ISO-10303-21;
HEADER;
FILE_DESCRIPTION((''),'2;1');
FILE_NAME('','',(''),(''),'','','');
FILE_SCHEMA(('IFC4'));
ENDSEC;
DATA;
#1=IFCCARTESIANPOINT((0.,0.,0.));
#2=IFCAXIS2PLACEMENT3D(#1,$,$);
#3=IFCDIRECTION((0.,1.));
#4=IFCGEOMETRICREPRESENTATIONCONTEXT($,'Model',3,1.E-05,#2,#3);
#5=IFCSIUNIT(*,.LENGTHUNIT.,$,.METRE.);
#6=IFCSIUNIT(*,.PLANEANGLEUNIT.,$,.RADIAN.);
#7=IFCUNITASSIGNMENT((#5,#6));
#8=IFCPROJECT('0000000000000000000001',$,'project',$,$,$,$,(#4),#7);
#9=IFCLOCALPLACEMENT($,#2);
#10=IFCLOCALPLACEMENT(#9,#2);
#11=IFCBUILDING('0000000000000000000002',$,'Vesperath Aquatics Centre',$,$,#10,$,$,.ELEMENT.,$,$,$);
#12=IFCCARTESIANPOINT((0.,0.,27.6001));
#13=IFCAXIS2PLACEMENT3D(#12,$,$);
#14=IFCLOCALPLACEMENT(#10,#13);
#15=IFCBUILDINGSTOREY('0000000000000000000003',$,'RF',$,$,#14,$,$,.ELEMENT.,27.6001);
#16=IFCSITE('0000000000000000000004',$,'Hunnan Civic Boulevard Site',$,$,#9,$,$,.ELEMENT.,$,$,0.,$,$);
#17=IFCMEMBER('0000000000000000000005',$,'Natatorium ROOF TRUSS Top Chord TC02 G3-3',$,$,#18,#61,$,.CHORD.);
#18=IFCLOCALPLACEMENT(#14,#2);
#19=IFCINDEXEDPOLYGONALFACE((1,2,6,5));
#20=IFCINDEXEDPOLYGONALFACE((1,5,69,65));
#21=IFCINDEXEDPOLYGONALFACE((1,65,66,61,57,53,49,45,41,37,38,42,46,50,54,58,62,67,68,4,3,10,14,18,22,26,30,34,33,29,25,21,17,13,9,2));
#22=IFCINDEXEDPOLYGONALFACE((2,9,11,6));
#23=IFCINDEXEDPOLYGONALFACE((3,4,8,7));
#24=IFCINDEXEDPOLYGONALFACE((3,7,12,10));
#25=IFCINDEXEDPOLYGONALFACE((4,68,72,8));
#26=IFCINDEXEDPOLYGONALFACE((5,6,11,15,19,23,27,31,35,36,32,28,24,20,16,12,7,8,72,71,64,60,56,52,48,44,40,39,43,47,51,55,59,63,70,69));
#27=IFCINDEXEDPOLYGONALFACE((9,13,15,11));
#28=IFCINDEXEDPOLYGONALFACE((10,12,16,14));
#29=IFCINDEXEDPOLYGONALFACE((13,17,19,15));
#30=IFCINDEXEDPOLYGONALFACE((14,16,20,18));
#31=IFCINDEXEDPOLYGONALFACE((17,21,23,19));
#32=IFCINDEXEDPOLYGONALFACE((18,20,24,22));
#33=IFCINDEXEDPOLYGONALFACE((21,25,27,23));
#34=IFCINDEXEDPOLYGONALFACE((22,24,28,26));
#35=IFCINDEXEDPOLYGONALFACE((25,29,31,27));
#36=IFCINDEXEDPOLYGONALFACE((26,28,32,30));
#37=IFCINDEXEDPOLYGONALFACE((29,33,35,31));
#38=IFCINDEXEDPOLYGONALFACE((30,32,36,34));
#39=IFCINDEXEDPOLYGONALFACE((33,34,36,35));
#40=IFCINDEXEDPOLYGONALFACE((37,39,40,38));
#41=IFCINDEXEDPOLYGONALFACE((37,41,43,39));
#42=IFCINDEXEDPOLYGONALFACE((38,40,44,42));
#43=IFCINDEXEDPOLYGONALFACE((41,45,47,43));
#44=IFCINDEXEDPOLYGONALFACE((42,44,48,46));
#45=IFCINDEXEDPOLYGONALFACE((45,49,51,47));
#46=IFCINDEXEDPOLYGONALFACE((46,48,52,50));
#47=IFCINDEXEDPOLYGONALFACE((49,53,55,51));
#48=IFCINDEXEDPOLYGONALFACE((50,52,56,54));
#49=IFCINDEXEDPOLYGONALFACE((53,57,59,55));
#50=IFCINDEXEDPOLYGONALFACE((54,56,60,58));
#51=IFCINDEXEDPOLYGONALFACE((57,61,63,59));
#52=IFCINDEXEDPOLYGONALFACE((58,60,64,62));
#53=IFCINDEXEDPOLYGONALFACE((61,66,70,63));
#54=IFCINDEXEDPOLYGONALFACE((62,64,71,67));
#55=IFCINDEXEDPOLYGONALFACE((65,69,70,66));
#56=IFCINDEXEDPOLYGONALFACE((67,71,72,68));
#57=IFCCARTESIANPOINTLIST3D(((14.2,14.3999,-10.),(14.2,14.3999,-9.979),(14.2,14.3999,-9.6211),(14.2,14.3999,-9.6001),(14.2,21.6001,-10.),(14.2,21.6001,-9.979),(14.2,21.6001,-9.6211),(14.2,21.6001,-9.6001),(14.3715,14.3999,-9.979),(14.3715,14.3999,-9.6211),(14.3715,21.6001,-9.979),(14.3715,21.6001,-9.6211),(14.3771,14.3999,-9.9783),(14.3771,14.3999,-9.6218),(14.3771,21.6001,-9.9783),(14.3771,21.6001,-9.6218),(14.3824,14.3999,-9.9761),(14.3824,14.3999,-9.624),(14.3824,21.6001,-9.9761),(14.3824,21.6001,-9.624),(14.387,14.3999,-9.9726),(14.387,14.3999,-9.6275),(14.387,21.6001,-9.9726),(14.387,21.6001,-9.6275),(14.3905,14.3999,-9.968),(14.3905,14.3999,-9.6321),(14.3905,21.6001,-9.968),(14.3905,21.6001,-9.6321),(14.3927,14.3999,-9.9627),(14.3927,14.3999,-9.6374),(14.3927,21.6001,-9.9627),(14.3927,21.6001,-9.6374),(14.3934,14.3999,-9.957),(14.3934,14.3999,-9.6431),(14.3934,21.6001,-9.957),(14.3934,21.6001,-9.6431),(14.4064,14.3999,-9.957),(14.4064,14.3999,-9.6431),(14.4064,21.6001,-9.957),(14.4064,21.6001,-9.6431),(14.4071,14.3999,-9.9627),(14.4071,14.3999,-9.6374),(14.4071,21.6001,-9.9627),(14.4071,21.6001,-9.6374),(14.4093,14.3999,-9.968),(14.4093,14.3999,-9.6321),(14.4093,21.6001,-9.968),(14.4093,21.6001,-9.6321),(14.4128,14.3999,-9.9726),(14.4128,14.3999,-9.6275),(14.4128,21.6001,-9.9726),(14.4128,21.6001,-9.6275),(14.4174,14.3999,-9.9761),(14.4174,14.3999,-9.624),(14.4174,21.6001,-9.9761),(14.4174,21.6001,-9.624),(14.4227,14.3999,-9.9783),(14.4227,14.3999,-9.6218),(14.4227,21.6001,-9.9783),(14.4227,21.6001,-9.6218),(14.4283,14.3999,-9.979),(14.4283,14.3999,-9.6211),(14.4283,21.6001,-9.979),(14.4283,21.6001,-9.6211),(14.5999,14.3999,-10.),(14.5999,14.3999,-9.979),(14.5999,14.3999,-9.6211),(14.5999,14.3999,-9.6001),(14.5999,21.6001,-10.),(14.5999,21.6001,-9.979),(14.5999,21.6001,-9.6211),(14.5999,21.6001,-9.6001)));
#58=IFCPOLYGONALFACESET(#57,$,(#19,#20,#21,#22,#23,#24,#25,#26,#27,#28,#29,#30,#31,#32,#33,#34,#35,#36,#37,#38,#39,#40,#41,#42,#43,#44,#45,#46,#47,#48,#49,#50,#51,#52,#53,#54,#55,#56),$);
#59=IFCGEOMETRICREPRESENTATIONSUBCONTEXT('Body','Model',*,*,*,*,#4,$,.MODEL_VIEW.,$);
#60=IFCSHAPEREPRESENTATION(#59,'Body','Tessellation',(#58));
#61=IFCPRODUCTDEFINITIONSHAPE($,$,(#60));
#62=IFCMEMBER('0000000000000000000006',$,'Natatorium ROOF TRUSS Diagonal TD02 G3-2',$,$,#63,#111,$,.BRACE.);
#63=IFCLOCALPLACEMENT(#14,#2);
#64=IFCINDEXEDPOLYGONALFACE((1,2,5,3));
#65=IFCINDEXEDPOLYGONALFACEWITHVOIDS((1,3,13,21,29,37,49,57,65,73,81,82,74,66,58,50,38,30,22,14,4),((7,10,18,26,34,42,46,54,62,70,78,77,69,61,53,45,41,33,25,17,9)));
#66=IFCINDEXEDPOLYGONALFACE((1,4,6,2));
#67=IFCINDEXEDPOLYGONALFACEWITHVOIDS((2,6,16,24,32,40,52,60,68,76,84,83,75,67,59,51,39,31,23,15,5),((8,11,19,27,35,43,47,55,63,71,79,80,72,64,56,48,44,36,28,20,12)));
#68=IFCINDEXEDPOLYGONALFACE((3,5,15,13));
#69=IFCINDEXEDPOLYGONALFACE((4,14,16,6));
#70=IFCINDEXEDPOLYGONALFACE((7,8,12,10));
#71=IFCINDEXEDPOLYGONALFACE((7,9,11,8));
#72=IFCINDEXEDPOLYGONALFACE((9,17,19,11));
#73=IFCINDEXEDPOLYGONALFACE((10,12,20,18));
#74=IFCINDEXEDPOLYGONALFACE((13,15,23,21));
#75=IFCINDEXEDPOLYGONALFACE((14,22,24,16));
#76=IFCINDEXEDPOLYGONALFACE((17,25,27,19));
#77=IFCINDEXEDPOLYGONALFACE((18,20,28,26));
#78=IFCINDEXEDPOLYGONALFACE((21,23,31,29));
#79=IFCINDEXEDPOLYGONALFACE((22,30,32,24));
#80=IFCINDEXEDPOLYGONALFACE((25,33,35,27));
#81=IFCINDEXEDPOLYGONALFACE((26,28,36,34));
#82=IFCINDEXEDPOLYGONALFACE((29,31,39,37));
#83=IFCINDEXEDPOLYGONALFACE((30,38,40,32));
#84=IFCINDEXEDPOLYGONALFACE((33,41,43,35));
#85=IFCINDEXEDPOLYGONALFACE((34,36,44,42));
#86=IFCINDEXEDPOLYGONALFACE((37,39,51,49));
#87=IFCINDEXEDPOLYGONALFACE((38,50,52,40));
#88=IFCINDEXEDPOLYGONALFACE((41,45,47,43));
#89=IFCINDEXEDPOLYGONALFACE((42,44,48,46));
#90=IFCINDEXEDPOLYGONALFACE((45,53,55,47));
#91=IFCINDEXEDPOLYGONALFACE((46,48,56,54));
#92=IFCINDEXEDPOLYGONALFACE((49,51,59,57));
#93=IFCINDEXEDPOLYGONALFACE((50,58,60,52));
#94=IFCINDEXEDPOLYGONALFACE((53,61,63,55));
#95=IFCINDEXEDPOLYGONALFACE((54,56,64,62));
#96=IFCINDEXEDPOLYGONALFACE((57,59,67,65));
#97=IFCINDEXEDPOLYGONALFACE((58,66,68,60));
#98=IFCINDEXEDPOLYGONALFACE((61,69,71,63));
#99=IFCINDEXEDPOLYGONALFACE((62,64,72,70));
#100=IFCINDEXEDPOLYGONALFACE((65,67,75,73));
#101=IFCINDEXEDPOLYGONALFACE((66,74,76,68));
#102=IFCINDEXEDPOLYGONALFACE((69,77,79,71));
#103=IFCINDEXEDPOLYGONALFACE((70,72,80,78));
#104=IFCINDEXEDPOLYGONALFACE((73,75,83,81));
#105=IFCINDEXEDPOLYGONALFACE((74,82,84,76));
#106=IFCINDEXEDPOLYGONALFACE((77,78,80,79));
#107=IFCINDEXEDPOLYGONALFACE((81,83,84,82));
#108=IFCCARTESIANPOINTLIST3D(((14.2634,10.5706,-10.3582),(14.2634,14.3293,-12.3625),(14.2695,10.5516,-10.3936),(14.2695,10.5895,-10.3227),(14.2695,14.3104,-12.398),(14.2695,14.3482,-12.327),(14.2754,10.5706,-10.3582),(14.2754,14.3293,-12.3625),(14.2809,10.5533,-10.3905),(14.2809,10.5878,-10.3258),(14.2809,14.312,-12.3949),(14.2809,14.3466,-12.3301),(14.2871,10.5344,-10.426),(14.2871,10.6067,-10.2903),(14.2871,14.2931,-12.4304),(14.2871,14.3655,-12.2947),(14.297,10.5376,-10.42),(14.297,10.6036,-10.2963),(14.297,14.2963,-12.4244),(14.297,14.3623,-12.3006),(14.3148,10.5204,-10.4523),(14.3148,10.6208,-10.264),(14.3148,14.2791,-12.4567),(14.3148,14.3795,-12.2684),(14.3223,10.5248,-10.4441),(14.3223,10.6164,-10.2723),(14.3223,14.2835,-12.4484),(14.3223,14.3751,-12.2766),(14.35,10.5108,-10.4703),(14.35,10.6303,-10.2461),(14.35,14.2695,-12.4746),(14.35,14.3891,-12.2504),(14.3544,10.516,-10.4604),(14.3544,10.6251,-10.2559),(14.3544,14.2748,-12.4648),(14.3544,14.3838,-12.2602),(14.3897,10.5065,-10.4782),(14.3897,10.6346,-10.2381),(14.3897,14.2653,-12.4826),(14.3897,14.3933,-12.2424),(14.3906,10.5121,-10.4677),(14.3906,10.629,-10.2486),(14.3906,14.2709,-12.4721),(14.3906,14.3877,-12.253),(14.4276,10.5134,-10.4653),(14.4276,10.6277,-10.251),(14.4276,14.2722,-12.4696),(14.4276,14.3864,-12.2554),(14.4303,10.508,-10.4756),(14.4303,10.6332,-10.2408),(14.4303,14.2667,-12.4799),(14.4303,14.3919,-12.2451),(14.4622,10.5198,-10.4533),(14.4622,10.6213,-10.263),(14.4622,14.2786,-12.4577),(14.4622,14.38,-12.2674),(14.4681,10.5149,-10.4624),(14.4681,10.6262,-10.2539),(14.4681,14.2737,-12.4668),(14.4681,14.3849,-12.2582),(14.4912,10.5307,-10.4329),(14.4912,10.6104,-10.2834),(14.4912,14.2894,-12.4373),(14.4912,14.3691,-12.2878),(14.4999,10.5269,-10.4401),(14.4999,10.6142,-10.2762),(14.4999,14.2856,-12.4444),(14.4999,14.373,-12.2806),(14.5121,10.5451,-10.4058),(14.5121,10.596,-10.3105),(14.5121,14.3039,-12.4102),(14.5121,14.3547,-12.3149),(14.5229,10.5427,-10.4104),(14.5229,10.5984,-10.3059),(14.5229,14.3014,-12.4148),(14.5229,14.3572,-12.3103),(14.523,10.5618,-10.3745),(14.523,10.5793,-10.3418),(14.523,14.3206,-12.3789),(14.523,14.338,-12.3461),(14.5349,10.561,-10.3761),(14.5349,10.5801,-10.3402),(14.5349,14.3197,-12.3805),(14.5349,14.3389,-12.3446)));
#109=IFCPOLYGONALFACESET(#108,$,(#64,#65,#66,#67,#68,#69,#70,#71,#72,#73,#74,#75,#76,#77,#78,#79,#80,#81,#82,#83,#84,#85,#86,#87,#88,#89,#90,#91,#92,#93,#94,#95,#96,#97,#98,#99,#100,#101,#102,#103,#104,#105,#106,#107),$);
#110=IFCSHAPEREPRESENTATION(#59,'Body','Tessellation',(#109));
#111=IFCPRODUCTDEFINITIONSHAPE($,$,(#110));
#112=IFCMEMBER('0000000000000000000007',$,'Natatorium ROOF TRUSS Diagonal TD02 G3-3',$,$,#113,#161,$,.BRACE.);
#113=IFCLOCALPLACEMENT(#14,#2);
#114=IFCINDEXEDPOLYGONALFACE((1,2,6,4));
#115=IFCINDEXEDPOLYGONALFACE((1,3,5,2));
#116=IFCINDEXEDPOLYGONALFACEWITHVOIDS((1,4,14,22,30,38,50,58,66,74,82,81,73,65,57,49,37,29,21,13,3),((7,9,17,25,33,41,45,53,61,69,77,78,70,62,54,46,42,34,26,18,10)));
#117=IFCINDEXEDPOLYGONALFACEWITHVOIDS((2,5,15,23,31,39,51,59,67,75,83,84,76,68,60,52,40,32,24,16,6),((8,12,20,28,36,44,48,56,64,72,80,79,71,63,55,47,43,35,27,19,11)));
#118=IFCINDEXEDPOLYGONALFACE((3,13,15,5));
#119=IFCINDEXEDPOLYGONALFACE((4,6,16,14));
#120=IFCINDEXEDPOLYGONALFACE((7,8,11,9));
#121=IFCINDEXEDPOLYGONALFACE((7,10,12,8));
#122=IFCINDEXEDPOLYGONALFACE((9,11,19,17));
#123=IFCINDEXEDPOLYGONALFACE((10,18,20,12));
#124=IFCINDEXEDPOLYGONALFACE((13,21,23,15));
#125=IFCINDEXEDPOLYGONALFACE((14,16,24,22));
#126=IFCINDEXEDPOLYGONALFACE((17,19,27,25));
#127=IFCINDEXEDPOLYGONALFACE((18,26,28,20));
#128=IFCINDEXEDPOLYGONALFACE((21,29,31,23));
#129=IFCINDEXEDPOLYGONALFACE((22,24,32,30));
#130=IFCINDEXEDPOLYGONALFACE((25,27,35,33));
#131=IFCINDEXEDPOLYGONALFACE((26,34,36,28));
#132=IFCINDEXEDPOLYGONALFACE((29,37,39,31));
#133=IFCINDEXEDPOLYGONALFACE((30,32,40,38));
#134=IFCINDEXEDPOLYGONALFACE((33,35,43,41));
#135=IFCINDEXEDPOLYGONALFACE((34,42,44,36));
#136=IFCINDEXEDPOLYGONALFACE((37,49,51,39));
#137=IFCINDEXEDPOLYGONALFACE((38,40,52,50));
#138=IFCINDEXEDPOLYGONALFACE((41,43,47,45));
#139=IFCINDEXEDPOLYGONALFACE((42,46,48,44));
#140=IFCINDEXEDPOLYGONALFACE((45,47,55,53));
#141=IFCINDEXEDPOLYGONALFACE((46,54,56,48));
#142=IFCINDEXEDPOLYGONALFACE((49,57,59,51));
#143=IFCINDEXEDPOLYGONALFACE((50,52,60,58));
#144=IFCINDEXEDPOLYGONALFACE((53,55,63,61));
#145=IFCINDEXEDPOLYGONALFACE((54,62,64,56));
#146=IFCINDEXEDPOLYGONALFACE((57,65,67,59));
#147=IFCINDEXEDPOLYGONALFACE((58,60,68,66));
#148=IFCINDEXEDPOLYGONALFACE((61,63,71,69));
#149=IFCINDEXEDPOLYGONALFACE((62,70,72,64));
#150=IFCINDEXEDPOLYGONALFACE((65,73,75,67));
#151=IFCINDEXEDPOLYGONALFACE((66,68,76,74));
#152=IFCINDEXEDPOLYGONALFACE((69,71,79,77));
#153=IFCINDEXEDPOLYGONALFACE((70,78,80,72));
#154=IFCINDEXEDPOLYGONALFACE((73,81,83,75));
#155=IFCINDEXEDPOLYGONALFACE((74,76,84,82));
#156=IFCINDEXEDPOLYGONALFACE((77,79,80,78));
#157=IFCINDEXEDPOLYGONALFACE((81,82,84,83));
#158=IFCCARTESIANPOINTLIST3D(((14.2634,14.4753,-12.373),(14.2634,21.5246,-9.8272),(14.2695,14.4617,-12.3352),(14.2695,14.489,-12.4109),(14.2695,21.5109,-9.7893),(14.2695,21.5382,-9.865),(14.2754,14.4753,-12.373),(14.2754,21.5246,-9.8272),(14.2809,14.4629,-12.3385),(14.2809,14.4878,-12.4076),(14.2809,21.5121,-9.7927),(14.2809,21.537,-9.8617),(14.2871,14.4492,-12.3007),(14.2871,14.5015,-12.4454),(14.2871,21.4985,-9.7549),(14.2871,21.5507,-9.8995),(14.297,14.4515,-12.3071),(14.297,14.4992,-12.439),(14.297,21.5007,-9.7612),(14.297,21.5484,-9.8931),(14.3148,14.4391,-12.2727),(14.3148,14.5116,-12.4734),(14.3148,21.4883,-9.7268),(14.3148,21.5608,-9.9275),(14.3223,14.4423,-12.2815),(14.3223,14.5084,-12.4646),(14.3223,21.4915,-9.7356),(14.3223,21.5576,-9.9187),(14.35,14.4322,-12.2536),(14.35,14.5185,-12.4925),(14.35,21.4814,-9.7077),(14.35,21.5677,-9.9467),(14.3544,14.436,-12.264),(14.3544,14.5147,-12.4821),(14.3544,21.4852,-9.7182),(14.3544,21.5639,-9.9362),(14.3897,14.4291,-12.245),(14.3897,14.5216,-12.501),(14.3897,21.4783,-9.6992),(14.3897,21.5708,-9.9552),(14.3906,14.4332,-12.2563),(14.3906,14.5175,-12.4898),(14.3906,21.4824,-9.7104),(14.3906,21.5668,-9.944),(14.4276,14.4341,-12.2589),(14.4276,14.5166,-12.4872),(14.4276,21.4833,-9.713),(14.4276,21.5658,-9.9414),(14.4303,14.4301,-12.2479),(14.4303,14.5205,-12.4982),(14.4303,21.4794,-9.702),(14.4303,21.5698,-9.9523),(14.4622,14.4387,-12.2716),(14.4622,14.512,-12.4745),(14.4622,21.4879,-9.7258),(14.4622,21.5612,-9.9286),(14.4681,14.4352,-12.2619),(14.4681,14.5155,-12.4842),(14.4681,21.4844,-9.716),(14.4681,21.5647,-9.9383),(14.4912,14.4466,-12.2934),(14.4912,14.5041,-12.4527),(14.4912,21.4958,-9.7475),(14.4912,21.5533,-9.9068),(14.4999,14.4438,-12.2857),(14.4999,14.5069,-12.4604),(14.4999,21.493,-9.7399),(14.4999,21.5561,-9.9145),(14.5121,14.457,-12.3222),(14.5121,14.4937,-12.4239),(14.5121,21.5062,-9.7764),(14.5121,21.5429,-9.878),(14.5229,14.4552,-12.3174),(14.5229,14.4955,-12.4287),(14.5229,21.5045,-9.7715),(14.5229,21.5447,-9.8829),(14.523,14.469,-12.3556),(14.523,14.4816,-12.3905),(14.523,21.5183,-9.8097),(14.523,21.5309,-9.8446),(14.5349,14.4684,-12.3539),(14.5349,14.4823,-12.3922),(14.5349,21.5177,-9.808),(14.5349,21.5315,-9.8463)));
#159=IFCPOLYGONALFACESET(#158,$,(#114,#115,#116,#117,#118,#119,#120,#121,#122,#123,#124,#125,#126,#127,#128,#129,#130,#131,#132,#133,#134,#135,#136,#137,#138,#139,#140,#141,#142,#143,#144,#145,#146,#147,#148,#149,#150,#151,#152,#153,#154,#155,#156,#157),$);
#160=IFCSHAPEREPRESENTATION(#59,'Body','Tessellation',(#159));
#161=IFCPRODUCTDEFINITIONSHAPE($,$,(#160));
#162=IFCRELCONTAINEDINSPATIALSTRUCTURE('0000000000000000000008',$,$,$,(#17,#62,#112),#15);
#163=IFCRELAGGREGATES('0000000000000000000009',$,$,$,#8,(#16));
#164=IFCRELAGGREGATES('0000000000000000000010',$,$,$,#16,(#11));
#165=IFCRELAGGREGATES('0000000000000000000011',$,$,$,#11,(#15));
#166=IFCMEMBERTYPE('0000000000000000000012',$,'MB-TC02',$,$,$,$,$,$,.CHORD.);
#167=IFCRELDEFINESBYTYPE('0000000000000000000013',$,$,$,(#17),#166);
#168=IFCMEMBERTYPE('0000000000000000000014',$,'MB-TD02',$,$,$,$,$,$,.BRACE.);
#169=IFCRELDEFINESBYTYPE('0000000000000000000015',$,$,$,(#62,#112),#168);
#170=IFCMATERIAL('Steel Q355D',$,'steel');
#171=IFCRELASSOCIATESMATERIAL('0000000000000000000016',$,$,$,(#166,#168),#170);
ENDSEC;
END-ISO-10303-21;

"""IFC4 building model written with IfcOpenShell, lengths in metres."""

from ifc_helpers import new_model, si_unit, direction, frame, origin, origin_2d, place, context, subcontext, project, spatial, hollow_circle, i_section, extrude, material, material_profile, profile_set, type_object, element, save


model = new_model("IFC4")

# Units and contexts
model_context = context("Model", 3, precision=1e-05, world=origin(), true_north=direction((0.0, 1.0)))
body_context = subcontext(model_context, "Body", "Model", "MODEL_VIEW")
ifc_project = project(units=[si_unit("LENGTHUNIT", "METRE"), si_unit("PLANEANGLEUNIT", "RADIAN")], contexts=[model_context])

# Site, building, storey
site_placement = place(None, origin())
site = spatial("IfcSite", under=ifc_project, at=site_placement, Name="Hunnan Civic Boulevard Site", CompositionType="ELEMENT", RefElevation=0.0)
building_placement = place(site_placement, origin())
building = spatial("IfcBuilding", under=site, at=building_placement, Name="Vesperath Aquatics Centre", CompositionType="ELEMENT")
storey_placement = place(building_placement, frame((0.0, 0.0, 27.6001)))
storey = spatial("IfcBuildingStorey", under=building, at=storey_placement, Name="RF", CompositionType="ELEMENT", Elevation=27.6001)

# Members
ifc_material_1 = material(Name="Steel Q355D", Category="steel")
ifc_material_profile_1 = material_profile(ifc_material_1, i_section(OverallWidth=0.3999, OverallDepth=0.3999, WebThickness=0.0129, FlangeThickness=0.021, FilletRadius=0.022, at=origin_2d()), Name="HW 400x400x13x21")
ifc_profile_set_1 = profile_set([ifc_material_profile_1], Name="Steel Q355D")
member_type_1 = type_object("IfcMemberType", Name="MB-TC02", PredefinedType="CHORD", material=ifc_profile_set_1)
member_1_placement = place(storey_placement, frame((14.3999, 14.3999, -9.8), z_axis=(0.0, 1.0, 0.0), x_axis=(-1.0, 0.0, 0.0)))
element("IfcMember", 1, at=member_1_placement, inside=storey, type_object=member_type_1, Name="Natatorium ROOF TRUSS Top Chord TC02 G3-3", PredefinedType="CHORD", context=body_context, shape_type="SweptSolid", body=[
    extrude(i_section(OverallWidth=0.3999, OverallDepth=0.3999, WebThickness=0.0129, FlangeThickness=0.021, FilletRadius=0.022, at=origin_2d()), origin(), (0.0, 0.0, 1.0), 7.2002),
])
ifc_material_profile_2 = material_profile(ifc_material_1, hollow_circle(Radius=0.1365, WallThickness=0.012, at=origin_2d()), Name="CHS 273.0x12")
ifc_profile_set_2 = profile_set([ifc_material_profile_2], Name="Steel Q355D")
member_type_2 = type_object("IfcMemberType", Name="MB-TD02", PredefinedType="BRACE", material=ifc_profile_set_2)
member_2_placement = place(storey_placement, frame((14.3999, 10.5706, -10.3582), z_axis=(0.0, 0.882381, -0.470535), x_axis=(-1.0, 0.0, 0.0)))
element("IfcMember", 2, at=member_2_placement, inside=storey, type_object=member_type_2, Name="Natatorium ROOF TRUSS Diagonal TD02 G3-2", PredefinedType="BRACE", context=body_context, shape_type="SweptSolid", body=[
    extrude(hollow_circle(Radius=0.1365, WallThickness=0.012, at=origin_2d()), origin(), (0.0, 0.0, 1.0), 4.2598),
])
member_3_placement = place(storey_placement, frame((14.3999, 14.4753, -12.373), z_axis=(0.0, 0.940541, 0.339681), x_axis=(-1.0, 0.0, 0.0)))
element("IfcMember", 3, at=member_3_placement, inside=storey, type_object=member_type_2, Name="Natatorium ROOF TRUSS Diagonal TD02 G3-3", PredefinedType="BRACE", context=body_context, shape_type="SweptSolid", body=[
    extrude(hollow_circle(Radius=0.1365, WallThickness=0.012, at=origin_2d()), origin(), (0.0, 0.0, 1.0), 7.4949),
])

save(model, "model.ifc")
